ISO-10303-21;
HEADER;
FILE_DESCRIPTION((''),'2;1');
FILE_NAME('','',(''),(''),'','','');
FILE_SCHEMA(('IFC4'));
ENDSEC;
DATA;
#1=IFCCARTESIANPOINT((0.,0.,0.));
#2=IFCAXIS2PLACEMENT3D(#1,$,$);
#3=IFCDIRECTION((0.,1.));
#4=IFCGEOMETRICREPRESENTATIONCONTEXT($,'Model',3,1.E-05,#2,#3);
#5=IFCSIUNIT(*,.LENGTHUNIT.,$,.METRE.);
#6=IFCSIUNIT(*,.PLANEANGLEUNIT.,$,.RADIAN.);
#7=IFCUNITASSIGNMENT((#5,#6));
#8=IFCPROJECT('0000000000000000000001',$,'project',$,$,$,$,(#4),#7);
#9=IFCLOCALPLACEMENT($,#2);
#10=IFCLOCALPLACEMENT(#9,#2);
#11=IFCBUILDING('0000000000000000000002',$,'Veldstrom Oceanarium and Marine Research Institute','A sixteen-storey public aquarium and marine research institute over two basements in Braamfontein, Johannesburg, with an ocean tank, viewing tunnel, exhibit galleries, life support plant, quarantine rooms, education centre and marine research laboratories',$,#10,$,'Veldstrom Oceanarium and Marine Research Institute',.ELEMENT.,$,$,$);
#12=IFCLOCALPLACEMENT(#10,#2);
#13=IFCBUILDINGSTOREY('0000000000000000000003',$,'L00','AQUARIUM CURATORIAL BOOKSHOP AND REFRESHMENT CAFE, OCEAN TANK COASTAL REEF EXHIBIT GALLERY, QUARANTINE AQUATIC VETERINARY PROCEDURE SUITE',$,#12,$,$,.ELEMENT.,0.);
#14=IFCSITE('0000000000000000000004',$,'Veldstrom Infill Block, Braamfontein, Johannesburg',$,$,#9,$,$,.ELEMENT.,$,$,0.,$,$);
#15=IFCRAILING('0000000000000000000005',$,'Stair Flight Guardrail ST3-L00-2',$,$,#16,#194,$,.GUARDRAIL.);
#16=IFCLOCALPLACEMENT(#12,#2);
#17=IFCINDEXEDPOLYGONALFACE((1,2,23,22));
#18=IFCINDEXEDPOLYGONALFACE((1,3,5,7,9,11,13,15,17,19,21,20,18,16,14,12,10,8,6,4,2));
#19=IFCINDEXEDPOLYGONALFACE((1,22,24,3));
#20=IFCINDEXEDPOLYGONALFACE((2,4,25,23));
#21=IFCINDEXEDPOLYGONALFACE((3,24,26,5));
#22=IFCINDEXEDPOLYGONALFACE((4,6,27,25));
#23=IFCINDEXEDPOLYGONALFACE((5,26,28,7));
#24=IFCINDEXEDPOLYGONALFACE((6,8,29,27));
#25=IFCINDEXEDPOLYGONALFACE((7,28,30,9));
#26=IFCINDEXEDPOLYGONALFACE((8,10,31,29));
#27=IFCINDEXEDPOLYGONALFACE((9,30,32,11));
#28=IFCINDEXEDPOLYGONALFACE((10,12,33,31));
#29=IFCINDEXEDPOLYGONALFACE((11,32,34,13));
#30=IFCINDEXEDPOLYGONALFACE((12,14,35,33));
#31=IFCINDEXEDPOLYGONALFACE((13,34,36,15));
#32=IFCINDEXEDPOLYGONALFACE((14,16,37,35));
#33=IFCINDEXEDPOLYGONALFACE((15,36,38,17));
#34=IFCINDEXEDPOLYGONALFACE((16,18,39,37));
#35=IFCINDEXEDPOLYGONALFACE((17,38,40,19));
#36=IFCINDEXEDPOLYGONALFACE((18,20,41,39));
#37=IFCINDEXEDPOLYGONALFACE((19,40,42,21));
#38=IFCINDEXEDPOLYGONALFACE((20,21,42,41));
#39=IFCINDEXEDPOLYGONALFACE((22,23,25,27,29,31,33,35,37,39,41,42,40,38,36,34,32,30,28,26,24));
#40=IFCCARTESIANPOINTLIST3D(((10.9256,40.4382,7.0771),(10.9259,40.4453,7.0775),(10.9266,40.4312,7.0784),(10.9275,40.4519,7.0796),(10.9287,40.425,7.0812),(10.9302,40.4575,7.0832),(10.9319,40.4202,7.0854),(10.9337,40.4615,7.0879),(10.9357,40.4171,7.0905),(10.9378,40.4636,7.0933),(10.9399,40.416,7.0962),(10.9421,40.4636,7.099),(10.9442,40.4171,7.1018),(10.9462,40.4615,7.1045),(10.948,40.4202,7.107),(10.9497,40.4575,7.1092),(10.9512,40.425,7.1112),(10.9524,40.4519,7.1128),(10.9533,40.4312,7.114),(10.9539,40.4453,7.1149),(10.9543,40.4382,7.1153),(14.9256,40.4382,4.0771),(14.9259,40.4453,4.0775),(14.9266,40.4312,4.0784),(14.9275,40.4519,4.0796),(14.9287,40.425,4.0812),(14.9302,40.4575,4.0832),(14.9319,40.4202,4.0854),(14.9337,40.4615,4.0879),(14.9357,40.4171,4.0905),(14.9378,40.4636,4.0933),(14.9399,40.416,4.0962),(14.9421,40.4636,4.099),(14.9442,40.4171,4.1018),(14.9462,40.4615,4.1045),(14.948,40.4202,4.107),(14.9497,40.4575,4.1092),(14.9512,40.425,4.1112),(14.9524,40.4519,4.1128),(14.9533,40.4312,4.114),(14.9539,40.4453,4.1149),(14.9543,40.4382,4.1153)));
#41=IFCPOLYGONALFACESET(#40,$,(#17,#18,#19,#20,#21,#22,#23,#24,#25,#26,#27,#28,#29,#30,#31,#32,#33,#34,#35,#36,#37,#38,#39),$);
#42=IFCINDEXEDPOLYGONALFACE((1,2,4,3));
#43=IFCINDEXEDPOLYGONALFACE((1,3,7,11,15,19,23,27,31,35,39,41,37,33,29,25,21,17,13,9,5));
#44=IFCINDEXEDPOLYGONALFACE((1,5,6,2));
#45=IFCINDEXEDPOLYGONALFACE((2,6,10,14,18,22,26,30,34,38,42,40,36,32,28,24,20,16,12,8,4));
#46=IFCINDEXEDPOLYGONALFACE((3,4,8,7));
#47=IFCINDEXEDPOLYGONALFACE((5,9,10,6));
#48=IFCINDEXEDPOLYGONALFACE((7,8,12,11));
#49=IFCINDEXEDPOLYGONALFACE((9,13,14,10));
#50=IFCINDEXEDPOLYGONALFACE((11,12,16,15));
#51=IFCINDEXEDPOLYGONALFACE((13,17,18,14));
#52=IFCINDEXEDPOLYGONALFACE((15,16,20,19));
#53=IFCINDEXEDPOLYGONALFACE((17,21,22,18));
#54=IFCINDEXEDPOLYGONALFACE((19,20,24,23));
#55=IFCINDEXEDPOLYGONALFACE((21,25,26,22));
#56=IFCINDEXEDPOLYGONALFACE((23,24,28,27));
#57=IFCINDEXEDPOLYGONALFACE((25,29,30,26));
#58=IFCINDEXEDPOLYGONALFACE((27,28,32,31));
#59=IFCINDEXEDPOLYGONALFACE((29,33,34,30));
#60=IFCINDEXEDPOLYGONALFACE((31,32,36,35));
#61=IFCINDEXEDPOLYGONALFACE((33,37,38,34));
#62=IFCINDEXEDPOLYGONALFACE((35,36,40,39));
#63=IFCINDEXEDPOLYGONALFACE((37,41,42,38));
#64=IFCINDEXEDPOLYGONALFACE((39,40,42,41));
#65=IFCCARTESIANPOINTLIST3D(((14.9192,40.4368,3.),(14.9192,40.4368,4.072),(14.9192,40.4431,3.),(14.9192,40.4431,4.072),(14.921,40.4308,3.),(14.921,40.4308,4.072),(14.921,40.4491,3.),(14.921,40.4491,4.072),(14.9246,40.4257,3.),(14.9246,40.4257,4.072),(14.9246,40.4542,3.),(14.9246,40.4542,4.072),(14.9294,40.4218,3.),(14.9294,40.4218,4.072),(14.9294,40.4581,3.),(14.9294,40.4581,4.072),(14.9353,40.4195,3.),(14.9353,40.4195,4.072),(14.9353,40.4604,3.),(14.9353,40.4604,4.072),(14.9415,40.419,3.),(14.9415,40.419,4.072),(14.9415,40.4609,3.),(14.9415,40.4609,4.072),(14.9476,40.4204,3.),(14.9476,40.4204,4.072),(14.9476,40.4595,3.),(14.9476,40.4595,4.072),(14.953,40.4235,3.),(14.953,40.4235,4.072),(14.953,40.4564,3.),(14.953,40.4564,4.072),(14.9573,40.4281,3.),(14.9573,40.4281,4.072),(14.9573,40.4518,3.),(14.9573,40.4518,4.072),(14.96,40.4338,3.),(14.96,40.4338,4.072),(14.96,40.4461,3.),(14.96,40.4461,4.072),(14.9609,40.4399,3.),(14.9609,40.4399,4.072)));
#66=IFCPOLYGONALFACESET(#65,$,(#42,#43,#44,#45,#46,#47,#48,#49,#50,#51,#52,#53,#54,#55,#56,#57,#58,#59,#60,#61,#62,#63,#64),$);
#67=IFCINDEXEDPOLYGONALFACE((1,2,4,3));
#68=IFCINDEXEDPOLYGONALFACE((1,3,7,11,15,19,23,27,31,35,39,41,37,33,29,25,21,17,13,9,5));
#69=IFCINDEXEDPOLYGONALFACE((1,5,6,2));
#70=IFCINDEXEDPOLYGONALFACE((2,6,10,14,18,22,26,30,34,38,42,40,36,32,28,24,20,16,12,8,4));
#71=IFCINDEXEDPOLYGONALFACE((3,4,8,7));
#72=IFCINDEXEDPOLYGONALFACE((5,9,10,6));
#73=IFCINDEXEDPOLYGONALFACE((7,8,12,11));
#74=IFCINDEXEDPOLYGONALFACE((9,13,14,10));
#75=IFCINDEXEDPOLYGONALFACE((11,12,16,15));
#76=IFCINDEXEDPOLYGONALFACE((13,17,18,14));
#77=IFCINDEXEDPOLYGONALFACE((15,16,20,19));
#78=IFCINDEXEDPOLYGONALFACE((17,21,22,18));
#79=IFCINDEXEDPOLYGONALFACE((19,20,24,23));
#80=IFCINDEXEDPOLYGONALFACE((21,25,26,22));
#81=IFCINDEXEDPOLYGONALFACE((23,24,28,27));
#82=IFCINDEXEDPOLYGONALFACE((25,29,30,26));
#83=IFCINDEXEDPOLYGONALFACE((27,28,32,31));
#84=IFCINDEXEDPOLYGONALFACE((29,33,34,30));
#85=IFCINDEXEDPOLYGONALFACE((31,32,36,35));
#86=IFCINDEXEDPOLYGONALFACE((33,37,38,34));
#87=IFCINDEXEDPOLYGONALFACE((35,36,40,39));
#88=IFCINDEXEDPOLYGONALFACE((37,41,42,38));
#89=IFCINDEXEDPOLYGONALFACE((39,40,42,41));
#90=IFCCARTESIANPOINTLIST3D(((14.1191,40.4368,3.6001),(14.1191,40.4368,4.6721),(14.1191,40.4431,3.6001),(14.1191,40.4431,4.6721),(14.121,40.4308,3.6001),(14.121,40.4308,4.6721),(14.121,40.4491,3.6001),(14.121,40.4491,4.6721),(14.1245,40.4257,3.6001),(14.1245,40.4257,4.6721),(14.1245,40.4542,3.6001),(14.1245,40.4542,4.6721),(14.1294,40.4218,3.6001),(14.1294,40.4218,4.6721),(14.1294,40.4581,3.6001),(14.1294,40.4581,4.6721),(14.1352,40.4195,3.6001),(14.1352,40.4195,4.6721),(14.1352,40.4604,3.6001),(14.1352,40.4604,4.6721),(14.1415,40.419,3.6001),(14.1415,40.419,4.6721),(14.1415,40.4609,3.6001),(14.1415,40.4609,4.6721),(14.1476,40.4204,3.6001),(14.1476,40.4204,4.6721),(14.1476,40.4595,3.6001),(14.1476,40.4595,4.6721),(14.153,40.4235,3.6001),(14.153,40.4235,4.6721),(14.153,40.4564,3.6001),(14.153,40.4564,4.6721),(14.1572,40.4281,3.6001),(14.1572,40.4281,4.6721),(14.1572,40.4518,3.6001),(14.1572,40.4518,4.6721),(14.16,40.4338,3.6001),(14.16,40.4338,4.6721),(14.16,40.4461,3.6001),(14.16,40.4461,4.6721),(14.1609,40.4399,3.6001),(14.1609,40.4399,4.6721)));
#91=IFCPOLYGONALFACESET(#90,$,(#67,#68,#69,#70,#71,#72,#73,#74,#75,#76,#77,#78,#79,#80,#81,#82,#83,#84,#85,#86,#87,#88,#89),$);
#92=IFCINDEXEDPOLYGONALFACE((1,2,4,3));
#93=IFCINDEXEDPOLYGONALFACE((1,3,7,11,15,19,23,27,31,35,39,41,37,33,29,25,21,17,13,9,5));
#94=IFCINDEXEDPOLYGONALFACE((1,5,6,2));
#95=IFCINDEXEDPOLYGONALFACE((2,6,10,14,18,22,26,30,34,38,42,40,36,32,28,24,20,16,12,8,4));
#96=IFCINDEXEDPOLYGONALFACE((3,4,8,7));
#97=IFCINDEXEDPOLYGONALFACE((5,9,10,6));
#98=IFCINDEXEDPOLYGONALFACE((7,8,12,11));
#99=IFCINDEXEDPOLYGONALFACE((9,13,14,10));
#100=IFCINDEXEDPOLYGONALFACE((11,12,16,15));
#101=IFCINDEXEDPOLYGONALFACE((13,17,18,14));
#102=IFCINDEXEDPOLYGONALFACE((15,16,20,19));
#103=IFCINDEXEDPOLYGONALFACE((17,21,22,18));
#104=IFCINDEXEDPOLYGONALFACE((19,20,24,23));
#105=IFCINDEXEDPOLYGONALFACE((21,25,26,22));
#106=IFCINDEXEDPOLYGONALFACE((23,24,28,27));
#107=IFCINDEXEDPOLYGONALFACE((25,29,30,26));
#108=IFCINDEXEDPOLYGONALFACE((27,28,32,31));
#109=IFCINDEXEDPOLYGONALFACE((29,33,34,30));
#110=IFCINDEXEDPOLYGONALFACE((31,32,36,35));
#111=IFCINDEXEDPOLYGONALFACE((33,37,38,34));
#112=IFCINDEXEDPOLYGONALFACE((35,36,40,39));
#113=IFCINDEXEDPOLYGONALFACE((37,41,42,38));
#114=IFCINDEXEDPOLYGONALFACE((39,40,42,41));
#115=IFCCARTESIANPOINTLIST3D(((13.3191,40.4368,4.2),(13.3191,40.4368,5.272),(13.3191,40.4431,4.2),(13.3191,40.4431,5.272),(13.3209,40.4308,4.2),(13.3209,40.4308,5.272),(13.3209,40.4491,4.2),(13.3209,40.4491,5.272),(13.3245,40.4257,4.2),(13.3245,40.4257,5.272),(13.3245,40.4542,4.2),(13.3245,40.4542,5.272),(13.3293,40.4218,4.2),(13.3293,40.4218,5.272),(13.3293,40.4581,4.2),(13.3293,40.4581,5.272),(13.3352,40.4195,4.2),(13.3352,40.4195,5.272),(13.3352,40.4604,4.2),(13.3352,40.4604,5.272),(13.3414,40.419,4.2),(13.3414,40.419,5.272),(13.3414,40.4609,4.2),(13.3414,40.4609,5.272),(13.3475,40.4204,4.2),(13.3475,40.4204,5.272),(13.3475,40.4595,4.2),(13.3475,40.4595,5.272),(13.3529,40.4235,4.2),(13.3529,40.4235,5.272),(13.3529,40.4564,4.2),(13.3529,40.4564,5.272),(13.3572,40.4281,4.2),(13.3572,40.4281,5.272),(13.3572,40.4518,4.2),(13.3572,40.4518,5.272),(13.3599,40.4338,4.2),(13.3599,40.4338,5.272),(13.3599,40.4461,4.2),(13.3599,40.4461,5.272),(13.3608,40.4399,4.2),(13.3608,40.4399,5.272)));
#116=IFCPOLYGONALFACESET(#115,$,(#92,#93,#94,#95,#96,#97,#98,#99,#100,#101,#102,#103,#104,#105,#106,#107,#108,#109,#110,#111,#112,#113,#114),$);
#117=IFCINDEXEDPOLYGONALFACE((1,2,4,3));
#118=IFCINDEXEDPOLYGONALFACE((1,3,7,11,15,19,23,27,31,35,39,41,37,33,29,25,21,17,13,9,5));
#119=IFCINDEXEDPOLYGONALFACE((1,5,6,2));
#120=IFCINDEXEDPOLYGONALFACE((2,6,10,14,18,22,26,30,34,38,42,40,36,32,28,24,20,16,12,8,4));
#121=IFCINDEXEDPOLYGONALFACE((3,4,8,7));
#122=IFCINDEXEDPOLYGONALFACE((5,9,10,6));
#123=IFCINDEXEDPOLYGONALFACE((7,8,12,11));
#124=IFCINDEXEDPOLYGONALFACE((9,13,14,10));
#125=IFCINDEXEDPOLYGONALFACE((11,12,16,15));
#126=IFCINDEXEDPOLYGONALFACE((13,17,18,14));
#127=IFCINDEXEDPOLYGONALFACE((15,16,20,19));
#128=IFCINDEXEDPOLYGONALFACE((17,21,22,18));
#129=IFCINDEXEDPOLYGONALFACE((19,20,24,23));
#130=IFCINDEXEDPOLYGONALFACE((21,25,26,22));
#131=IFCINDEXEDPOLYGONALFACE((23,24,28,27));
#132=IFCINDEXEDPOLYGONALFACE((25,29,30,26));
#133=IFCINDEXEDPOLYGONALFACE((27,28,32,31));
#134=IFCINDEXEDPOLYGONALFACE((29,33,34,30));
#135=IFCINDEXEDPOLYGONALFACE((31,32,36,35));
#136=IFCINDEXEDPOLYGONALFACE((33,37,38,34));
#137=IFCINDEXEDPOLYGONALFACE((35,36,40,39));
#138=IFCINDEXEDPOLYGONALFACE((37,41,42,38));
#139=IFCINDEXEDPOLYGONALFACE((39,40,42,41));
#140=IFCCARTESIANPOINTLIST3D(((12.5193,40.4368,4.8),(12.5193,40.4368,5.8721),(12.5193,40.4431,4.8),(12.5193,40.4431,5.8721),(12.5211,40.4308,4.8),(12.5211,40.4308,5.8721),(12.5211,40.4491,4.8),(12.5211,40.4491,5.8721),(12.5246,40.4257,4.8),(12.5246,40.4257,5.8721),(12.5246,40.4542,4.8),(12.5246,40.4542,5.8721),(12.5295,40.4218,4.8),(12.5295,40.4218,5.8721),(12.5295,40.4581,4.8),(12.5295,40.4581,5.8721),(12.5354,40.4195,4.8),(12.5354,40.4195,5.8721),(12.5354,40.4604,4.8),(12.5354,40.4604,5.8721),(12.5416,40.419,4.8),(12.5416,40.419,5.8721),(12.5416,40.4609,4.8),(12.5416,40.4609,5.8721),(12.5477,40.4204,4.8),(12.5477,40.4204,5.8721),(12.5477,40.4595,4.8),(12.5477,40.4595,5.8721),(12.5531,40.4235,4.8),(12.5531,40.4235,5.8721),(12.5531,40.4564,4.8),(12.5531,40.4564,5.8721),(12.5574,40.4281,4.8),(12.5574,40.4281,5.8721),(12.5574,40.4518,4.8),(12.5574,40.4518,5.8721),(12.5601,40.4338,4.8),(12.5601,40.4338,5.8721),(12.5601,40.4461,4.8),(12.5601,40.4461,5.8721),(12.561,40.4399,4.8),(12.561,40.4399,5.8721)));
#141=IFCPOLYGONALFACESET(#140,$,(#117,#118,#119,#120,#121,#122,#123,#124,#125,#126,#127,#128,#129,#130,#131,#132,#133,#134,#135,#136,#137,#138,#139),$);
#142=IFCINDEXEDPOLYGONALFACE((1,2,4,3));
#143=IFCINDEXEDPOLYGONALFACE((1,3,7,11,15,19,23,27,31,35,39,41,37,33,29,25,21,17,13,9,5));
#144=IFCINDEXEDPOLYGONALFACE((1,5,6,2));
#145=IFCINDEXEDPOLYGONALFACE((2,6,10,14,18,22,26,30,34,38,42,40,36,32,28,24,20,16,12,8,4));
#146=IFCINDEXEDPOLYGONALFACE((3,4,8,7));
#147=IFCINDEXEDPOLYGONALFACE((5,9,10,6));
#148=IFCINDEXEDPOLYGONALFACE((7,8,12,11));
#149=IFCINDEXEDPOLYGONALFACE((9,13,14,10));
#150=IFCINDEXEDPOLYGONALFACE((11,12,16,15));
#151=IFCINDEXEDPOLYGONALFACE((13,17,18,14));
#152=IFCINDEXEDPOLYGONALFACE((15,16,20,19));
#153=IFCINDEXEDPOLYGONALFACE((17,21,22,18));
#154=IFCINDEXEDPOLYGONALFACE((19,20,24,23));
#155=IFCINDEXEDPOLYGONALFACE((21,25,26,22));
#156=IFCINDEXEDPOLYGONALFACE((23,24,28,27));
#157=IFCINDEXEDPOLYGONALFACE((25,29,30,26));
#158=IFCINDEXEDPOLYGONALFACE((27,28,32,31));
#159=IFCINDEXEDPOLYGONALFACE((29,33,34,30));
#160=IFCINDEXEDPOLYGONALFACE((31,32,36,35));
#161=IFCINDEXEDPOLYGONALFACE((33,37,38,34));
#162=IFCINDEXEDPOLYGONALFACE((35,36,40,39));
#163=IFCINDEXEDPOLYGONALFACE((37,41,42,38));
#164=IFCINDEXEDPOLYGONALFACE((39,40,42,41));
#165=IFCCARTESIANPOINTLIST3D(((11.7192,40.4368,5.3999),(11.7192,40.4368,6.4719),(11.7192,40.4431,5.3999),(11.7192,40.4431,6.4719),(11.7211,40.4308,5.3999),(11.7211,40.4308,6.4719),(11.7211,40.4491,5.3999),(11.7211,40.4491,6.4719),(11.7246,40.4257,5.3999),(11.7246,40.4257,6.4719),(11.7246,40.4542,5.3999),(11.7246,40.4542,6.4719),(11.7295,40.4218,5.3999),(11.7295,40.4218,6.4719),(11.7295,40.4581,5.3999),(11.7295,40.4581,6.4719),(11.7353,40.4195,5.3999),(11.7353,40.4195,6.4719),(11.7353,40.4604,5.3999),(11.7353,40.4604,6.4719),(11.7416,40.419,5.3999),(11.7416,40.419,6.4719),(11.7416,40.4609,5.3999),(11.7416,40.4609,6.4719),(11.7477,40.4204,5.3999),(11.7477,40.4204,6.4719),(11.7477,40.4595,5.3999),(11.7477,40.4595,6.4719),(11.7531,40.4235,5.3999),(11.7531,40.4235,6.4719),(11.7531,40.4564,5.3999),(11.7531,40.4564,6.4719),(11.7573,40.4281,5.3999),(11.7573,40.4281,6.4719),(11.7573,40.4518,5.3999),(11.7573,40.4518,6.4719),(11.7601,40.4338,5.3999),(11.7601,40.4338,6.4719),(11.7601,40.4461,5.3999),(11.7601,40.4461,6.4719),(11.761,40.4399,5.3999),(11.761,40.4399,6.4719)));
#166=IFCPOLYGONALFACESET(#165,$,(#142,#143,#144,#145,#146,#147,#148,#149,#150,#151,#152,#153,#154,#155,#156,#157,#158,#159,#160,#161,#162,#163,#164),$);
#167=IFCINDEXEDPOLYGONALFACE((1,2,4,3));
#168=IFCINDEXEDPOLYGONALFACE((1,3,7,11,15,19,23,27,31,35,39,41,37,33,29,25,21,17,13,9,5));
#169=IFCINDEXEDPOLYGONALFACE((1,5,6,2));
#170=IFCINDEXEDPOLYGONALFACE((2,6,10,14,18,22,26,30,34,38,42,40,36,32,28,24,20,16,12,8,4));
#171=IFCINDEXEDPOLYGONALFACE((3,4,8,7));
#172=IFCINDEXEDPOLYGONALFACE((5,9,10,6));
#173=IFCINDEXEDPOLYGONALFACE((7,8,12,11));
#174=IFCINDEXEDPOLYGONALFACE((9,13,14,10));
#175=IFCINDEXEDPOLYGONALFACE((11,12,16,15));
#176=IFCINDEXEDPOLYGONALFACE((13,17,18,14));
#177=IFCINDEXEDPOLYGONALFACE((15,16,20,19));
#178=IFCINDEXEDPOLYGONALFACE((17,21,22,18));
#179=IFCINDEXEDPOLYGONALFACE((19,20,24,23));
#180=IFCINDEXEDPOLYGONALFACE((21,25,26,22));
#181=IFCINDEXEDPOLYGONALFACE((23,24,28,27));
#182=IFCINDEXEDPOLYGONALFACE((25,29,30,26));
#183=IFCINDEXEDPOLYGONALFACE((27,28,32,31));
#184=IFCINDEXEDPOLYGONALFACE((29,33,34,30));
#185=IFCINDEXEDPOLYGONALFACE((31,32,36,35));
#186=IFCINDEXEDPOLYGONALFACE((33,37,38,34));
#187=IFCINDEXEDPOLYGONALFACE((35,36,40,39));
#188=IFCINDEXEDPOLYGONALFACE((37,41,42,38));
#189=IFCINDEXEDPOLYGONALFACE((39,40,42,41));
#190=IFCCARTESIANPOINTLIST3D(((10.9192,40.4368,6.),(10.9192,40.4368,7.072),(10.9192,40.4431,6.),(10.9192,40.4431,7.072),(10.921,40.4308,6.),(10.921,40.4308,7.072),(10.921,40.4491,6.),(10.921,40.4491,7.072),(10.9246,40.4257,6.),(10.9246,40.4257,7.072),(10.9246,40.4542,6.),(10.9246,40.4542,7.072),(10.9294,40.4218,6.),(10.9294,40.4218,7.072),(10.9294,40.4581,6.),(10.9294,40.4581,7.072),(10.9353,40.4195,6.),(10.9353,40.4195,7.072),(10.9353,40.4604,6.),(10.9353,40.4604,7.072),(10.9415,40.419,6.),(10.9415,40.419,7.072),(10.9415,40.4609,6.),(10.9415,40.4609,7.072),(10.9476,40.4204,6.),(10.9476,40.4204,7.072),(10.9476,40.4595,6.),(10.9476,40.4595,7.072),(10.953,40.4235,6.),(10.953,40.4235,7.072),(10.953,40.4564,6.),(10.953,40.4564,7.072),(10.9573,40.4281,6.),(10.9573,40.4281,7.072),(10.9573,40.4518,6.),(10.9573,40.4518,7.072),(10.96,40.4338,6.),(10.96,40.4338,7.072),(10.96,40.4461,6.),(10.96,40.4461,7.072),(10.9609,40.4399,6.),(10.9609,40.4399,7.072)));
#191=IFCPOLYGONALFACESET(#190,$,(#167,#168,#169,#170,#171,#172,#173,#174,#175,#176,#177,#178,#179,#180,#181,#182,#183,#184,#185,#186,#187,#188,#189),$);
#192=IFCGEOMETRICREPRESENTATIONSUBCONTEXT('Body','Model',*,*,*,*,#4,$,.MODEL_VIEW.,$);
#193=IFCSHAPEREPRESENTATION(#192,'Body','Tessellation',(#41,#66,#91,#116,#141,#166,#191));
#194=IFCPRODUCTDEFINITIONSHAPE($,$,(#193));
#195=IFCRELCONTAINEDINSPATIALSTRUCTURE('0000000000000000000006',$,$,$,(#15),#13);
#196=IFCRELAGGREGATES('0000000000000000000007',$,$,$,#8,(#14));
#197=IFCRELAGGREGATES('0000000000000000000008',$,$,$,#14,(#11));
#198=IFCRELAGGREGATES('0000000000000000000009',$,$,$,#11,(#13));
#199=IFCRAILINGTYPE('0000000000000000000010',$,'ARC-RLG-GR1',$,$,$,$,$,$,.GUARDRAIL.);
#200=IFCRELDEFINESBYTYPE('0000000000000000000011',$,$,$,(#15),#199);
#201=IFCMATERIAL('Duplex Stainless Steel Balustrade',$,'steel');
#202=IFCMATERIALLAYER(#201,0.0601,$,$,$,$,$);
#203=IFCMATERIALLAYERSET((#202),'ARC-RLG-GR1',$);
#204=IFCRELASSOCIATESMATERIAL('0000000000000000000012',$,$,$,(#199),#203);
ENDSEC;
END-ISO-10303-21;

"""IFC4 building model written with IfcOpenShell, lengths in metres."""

from ifc_helpers import new_model, si_unit, direction, frame, origin, origin_2d, place, context, subcontext, project, spatial, circle, extrude, material, layer, layer_set, type_object, element, save


model = new_model("IFC4")

# Units and contexts
model_context = context("Model", 3, precision=1e-05, world=origin(), true_north=direction((0.0, 1.0)))
body_context = subcontext(model_context, "Body", "Model", "MODEL_VIEW")
ifc_project = project(units=[si_unit("LENGTHUNIT", "METRE"), si_unit("PLANEANGLEUNIT", "RADIAN")], contexts=[model_context])

# Site, building, storey
site_placement = place(None, origin())
site = spatial("IfcSite", under=ifc_project, at=site_placement, Name="Veldstrom Infill Block, Braamfontein, Johannesburg", CompositionType="ELEMENT", RefElevation=0.0)
building_placement = place(site_placement, origin())
building = spatial("IfcBuilding", under=site, at=building_placement, Name="Veldstrom Oceanarium and Marine Research Institute", Description="A sixteen-storey public aquarium and marine research institute over two basements in Braamfontein, Johannesburg, with an ocean tank, viewing tunnel, exhibit galleries, life support plant, quarantine rooms, education centre and marine research laboratories", LongName="Veldstrom Oceanarium and Marine Research Institute", CompositionType="ELEMENT")
storey_placement = place(building_placement, origin())
storey = spatial("IfcBuildingStorey", under=building, at=storey_placement, Name="L00", Description="AQUARIUM CURATORIAL BOOKSHOP AND REFRESHMENT CAFE, OCEAN TANK COASTAL REEF EXHIBIT GALLERY, QUARANTINE AQUATIC VETERINARY PROCEDURE SUITE", CompositionType="ELEMENT", Elevation=0.0)

# Railing
ifc_material_1 = material(Name="Duplex Stainless Steel Balustrade", Category="steel")
ifc_layer_1 = layer(ifc_material_1, 0.0601)
ifc_layer_set_1 = layer_set([ifc_layer_1], Name="ARC-RLG-GR1")
railing_type_1 = type_object("IfcRailingType", Name="ARC-RLG-GR1", PredefinedType="GUARDRAIL", material=ifc_layer_set_1)
railing_1_placement = place(storey_placement, frame((14.9399, 40.4399, 3.0)))
element("IfcRailing", 1, at=railing_1_placement, inside=storey, type_object=railing_type_1, Name="Stair Flight Guardrail ST3-L00-2", PredefinedType="GUARDRAIL", context=body_context, shape_type="SweptSolid", body=[
    extrude(circle(Radius=0.0239, at=origin_2d()), frame((0.0, 0.0, 1.0962), z_axis=(-0.8, 0.0, 0.6), x_axis=(0.0, -1.0, 0.0)), (0.0, 0.0, 1.0), 5.0),
    extrude(circle(Radius=0.021, at=origin_2d()), origin(), (0.0, 0.0, 1.0), 1.072),
    extrude(circle(Radius=0.021, at=origin_2d()), frame((-0.8, 0.0, 0.6001)), (0.0, 0.0, 1.0), 1.072),
    extrude(circle(Radius=0.021, at=origin_2d()), frame((-1.6001, 0.0, 1.2)), (0.0, 0.0, 1.0), 1.072),
    extrude(circle(Radius=0.021, at=origin_2d()), frame((-2.3999, 0.0, 1.8)), (0.0, 0.0, 1.0), 1.072),
    extrude(circle(Radius=0.021, at=origin_2d()), frame((-3.2, 0.0, 2.3999)), (0.0, 0.0, 1.0), 1.072),
    extrude(circle(Radius=0.021, at=origin_2d()), frame((-4.0, 0.0, 3.0)), (0.0, 0.0, 1.0), 1.072),
])

save(model, "model.ifc")
